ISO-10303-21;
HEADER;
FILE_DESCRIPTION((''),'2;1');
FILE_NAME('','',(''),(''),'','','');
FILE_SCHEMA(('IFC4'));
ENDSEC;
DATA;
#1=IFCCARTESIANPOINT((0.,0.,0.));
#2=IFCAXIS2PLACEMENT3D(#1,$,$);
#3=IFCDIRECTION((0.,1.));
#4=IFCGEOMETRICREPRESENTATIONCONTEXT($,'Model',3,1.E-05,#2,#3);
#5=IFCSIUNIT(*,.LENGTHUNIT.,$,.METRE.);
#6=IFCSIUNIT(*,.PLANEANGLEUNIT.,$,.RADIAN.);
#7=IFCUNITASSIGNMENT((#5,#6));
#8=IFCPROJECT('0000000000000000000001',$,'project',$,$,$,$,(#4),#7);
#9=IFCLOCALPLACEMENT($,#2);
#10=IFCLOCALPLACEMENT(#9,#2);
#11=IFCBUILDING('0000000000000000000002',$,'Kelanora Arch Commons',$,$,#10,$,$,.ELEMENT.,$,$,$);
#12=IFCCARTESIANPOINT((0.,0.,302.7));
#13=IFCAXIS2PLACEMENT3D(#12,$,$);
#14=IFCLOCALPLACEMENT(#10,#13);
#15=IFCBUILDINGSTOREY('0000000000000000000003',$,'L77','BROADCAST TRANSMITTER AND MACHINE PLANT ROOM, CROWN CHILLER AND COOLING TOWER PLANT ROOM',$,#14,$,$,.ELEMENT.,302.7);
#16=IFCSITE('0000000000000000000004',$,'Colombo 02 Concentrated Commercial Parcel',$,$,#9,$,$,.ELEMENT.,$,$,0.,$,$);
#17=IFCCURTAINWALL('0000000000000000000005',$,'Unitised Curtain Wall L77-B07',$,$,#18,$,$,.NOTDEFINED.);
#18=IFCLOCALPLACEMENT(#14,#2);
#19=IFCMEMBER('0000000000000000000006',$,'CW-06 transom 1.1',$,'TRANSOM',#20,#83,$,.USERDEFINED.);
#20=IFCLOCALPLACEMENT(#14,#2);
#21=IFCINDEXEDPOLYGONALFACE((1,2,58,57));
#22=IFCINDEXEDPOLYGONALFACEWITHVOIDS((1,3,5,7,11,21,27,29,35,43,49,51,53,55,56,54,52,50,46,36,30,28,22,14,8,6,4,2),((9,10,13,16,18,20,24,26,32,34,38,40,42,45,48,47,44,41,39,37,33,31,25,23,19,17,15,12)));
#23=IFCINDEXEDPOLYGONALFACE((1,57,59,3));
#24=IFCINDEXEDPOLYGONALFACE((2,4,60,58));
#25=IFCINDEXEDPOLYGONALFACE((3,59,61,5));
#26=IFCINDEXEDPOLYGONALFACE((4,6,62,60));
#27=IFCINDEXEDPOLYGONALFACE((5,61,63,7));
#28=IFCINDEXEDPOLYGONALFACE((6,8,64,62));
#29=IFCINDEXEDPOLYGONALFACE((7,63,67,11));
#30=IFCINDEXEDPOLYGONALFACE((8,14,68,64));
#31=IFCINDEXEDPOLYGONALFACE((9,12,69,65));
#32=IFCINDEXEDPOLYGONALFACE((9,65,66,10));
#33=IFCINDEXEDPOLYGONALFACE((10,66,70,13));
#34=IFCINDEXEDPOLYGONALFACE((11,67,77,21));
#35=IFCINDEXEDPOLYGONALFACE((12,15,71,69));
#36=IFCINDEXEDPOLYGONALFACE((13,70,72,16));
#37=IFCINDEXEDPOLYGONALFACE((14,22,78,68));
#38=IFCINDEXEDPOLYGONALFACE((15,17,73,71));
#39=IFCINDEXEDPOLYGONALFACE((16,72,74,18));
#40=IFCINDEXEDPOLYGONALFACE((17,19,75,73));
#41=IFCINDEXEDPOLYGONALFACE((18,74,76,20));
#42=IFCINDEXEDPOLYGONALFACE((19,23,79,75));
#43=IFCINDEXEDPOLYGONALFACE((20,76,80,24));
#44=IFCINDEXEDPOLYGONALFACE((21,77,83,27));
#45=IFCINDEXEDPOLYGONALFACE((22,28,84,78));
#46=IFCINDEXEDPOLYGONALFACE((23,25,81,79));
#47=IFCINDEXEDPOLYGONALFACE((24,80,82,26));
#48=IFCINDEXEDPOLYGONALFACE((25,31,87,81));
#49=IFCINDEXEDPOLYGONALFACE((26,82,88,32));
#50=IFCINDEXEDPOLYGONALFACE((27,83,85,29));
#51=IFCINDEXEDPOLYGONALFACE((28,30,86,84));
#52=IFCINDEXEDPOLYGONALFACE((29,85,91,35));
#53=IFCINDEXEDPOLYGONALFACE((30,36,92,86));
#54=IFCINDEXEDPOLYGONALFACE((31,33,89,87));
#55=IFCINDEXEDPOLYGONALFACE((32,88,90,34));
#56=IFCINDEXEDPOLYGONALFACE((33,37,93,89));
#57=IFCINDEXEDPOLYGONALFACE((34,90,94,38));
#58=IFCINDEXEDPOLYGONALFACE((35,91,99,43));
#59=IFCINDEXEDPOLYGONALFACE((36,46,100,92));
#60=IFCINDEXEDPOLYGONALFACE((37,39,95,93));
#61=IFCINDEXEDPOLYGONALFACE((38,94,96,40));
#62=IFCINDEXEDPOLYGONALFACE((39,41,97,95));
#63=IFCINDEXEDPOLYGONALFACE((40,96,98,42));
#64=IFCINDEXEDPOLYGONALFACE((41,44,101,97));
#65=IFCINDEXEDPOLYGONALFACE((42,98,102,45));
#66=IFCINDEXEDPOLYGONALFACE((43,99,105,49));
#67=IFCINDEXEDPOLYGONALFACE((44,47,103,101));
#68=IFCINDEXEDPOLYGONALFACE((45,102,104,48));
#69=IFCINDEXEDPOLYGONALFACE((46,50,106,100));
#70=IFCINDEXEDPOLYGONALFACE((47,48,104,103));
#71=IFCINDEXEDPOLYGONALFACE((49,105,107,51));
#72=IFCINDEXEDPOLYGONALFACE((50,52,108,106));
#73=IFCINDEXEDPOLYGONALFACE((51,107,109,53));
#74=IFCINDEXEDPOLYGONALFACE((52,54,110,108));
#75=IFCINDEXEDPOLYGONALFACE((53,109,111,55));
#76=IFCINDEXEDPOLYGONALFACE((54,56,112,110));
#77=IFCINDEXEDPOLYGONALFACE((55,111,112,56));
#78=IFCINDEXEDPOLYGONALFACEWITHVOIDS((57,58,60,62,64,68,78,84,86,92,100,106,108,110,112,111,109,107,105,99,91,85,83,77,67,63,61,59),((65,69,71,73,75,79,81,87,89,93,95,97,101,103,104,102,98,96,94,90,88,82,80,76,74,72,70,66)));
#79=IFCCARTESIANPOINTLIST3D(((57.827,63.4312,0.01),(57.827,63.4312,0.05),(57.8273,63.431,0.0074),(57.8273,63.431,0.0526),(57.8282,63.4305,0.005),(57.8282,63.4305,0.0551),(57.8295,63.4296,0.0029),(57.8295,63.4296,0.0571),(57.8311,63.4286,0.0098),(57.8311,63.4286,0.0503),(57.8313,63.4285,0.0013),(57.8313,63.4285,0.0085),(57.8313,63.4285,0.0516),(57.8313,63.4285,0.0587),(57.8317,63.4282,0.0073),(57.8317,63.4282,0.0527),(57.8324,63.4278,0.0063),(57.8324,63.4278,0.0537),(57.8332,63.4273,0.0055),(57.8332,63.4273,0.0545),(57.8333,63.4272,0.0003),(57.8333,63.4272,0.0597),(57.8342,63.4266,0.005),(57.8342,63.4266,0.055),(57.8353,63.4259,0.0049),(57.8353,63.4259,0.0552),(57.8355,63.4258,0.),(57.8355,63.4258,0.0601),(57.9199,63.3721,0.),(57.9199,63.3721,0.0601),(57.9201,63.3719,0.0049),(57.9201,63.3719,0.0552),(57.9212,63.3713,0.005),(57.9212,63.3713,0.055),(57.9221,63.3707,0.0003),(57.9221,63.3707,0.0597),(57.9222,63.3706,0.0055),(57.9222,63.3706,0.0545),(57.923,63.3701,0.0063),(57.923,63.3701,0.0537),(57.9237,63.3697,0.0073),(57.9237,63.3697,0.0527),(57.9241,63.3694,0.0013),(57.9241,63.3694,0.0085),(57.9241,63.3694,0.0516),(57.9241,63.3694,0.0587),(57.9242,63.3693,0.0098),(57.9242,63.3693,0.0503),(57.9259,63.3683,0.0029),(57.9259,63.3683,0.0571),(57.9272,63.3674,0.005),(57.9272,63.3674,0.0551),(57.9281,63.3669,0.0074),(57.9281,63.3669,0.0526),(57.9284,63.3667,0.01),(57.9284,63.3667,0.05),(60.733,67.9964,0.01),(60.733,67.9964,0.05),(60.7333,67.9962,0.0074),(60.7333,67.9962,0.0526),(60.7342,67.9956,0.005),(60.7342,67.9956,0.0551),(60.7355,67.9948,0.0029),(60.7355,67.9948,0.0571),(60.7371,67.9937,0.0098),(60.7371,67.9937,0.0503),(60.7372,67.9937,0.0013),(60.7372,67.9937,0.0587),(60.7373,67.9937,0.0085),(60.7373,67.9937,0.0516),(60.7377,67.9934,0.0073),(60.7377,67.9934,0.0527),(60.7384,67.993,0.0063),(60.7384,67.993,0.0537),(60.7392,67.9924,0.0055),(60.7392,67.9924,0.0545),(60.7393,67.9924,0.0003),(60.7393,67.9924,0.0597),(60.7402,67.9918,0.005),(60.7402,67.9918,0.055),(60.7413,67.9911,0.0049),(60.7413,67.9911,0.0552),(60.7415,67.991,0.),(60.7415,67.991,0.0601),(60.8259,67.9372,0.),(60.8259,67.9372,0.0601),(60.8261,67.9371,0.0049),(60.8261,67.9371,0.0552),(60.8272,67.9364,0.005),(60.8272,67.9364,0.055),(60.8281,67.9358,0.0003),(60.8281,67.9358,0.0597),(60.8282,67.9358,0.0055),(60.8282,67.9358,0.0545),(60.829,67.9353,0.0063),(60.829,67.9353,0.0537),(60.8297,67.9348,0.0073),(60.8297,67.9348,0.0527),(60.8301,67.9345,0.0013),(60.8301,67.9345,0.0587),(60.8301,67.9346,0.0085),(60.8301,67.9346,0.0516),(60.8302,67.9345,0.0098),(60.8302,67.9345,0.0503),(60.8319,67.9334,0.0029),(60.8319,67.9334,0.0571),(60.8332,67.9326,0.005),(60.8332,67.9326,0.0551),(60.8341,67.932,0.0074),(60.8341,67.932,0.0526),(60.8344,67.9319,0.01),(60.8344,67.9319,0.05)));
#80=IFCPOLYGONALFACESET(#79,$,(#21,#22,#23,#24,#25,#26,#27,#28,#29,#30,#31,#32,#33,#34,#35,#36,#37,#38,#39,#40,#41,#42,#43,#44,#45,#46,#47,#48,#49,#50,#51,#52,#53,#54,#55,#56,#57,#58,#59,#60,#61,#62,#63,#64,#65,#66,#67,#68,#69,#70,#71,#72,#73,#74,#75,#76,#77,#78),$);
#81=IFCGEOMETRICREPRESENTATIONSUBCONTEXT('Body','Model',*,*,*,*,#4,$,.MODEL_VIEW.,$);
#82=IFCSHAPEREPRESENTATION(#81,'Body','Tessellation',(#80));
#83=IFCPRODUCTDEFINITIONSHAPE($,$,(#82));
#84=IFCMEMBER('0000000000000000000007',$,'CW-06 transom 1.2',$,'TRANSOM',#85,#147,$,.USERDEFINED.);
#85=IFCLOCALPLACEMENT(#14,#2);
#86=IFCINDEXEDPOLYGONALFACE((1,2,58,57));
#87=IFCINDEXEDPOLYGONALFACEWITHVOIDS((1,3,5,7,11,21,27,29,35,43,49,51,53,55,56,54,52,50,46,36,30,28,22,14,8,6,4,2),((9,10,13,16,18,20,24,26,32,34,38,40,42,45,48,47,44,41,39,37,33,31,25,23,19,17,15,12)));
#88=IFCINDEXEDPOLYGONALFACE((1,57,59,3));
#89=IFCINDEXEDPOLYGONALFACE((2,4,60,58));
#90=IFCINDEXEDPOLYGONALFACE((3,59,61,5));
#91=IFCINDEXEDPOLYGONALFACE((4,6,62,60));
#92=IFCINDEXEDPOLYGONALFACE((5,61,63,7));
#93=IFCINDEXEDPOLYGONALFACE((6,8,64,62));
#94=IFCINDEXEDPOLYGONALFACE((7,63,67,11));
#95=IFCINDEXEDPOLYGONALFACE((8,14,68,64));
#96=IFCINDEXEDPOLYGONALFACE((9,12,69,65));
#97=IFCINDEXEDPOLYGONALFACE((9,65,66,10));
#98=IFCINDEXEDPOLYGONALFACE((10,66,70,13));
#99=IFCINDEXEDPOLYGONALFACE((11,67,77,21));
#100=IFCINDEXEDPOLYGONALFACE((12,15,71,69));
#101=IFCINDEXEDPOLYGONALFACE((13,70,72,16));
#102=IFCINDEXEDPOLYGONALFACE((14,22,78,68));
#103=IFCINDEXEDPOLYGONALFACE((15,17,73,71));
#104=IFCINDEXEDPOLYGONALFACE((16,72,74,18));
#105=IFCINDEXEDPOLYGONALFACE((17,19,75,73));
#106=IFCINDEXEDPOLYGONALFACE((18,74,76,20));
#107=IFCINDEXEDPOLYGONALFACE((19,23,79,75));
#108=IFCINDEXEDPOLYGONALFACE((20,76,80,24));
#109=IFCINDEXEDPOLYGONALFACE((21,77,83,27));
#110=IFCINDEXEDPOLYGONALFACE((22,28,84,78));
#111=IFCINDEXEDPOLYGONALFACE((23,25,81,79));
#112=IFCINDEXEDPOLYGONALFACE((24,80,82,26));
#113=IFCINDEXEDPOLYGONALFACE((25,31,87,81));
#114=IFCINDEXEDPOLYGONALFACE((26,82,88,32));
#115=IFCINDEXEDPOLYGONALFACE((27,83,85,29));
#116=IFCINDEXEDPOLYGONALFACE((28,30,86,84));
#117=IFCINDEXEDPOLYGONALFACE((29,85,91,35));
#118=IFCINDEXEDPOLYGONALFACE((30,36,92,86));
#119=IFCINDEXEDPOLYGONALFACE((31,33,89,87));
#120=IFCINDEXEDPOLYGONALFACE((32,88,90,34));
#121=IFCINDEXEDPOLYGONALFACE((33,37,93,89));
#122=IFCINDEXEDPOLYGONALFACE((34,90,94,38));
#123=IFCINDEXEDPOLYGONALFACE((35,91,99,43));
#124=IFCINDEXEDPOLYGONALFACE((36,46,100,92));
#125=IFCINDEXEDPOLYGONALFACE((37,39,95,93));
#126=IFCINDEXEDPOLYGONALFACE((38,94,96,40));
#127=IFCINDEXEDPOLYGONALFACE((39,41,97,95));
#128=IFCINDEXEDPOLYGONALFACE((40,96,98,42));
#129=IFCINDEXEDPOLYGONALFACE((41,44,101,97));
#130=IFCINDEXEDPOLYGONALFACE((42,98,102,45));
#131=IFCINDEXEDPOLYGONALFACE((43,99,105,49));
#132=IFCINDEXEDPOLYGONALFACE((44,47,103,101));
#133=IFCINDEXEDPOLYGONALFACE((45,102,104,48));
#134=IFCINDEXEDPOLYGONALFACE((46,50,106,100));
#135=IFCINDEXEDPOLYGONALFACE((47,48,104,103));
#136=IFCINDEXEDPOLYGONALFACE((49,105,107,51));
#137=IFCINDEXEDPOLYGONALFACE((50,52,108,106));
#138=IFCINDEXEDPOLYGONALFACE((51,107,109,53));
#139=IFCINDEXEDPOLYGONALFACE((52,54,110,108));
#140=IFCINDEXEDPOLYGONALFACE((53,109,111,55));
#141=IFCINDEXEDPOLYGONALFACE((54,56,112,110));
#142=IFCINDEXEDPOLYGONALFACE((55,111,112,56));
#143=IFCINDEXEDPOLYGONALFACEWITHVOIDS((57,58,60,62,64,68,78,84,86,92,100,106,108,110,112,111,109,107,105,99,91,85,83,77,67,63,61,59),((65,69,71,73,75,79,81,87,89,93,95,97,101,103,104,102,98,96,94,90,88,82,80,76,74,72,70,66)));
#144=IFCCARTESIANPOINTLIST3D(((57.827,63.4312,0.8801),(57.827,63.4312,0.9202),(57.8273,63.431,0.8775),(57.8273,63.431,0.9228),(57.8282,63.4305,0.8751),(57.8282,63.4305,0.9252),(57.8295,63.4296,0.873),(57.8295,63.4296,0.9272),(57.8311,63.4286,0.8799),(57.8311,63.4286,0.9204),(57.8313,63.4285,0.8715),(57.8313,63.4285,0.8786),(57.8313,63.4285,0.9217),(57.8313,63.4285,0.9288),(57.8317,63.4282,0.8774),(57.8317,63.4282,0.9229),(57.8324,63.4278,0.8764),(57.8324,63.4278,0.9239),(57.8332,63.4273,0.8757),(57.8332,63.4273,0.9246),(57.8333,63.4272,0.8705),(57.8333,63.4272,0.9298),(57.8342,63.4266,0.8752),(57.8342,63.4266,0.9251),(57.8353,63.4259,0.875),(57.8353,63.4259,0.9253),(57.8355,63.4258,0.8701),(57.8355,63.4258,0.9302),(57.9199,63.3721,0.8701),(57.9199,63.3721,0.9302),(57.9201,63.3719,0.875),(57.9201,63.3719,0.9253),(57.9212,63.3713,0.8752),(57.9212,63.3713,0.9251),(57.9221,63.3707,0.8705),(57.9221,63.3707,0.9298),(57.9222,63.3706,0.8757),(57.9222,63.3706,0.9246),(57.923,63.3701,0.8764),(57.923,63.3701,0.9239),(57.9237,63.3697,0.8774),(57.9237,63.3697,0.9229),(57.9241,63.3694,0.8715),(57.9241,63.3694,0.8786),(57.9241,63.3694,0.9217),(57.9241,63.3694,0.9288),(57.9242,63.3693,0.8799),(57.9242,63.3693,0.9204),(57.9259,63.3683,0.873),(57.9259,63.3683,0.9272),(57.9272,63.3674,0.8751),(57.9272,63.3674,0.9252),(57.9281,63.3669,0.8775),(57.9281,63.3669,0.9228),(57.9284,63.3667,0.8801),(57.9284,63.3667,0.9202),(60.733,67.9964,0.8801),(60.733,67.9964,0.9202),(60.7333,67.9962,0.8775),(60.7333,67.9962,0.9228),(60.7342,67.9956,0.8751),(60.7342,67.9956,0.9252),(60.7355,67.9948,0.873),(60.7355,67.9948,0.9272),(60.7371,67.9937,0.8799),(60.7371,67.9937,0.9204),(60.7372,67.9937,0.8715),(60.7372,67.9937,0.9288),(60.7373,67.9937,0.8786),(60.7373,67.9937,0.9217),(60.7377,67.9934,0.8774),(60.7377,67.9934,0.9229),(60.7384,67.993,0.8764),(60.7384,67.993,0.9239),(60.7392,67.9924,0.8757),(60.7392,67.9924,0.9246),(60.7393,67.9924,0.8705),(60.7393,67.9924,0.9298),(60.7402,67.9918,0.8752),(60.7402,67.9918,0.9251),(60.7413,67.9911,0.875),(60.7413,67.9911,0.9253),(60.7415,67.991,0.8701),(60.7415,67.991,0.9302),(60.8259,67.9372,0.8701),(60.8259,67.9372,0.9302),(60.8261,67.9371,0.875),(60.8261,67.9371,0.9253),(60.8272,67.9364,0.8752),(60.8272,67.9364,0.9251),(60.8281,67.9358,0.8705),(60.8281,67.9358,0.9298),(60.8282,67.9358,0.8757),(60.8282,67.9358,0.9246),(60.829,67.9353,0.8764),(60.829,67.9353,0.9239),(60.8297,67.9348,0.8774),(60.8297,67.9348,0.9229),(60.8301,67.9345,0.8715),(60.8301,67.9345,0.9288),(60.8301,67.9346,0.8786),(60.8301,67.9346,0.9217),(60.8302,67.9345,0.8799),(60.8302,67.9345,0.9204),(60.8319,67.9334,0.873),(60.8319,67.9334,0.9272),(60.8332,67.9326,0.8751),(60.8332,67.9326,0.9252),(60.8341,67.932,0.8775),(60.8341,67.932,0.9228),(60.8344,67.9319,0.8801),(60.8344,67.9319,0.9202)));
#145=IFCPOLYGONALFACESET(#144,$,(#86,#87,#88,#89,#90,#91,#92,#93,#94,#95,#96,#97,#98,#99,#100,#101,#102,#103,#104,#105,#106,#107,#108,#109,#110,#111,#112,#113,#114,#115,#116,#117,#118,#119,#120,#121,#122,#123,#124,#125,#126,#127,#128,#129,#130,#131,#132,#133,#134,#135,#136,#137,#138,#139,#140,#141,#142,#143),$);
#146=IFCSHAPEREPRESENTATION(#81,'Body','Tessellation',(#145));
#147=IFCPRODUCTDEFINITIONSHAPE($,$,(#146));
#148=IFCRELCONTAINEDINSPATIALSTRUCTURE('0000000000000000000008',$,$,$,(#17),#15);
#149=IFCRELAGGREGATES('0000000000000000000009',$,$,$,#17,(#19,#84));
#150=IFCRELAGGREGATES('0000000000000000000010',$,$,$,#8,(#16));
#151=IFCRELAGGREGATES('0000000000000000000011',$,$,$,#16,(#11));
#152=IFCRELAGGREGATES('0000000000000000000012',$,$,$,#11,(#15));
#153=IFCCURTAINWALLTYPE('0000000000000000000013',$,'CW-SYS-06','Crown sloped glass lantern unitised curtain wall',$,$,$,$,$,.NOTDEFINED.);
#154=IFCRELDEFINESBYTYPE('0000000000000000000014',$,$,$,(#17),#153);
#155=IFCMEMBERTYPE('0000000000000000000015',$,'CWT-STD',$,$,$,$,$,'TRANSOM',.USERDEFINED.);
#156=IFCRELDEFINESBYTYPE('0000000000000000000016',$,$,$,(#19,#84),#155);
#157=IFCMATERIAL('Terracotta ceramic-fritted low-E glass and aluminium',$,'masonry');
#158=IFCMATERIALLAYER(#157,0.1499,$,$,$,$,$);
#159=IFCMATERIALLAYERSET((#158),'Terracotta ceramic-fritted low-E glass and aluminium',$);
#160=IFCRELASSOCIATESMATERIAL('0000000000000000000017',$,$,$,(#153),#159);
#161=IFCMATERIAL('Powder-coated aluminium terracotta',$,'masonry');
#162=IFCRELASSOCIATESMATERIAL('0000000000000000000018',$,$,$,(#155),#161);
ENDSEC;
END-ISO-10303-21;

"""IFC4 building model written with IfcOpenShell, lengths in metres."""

from ifc_helpers import new_model, si_unit, direction, frame, origin, origin_2d, place, context, subcontext, project, spatial, hollow_rectangle, extrude, material, layer, layer_set, material_profile, profile_set, type_object, element, aggregate, save


model = new_model("IFC4")

# Units and contexts
model_context = context("Model", 3, precision=1e-05, world=origin(), true_north=direction((0.0, 1.0)))
body_context = subcontext(model_context, "Body", "Model", "MODEL_VIEW")
ifc_project = project(units=[si_unit("LENGTHUNIT", "METRE"), si_unit("PLANEANGLEUNIT", "RADIAN")], contexts=[model_context])

# Site, building, storey
site_placement = place(None, origin())
site = spatial("IfcSite", under=ifc_project, at=site_placement, Name="Colombo 02 Concentrated Commercial Parcel", CompositionType="ELEMENT", RefElevation=0.0)
building_placement = place(site_placement, origin())
building = spatial("IfcBuilding", under=site, at=building_placement, Name="Kelanora Arch Commons", CompositionType="ELEMENT")
storey_placement = place(building_placement, frame((0.0, 0.0, 302.7)))
storey = spatial("IfcBuildingStorey", under=building, at=storey_placement, Name="L77", Description="BROADCAST TRANSMITTER AND MACHINE PLANT ROOM, CROWN CHILLER AND COOLING TOWER PLANT ROOM", CompositionType="ELEMENT", Elevation=302.7)

# Shared definitions
ifc_material_1 = material(Name="Terracotta ceramic-fritted low-E glass and aluminium", Category="masonry")
ifc_layer_1 = layer(ifc_material_1, 0.1499)
ifc_layer_set_1 = layer_set([ifc_layer_1], Name="Terracotta ceramic-fritted low-E glass and aluminium")
curtain_wall_type = type_object("IfcCurtainWallType", Name="CW-SYS-06", Description="Crown sloped glass lantern unitised curtain wall", PredefinedType="NOTDEFINED", material=ifc_layer_set_1)
ifc_material_2 = material(Name="Powder-coated aluminium terracotta", Category="masonry")

# Curtain wall
curtain_wall_1_placement = place(storey_placement, origin())
curtain_wall_1 = element("IfcCurtainWall", 1, at=curtain_wall_1_placement, inside=storey, type_object=curtain_wall_type, Name="Unitised Curtain Wall L77-B07", PredefinedType="NOTDEFINED")

# Members
ifc_material_profile_1 = material_profile(ifc_material_2, hollow_rectangle(XDim=0.1201, YDim=0.0601, WallThickness=0.0049, InnerFilletRadius=0.0049, OuterFilletRadius=0.01, at=origin_2d()), Name="CWT120x60")
ifc_profile_set_1 = profile_set([ifc_material_profile_1], Name="Powder-coated aluminium terracotta")
member_type_1 = type_object("IfcMemberType", Name="CWT-STD", ElementType="TRANSOM", PredefinedType="USERDEFINED", material=ifc_profile_set_1)
member_1_placement = place(storey_placement, frame((60.7837, 67.9641, 0.03), z_axis=(-0.536992, -0.843587, 0.0), x_axis=(0.843587, -0.536992, 0.0)))
member_1 = element("IfcMember", 2, at=member_1_placement, type_object=member_type_1, Name="CW-06 transom 1.1", ObjectType="TRANSOM", PredefinedType="USERDEFINED", context=body_context, shape_type="SweptSolid", body=[
    extrude(hollow_rectangle(XDim=0.1201, YDim=0.0601, WallThickness=0.0049, InnerFilletRadius=0.0049, OuterFilletRadius=0.01, at=origin_2d()), origin(), (0.0, 0.0, 1.0), 5.4116),
])
member_2_placement = place(storey_placement, frame((60.7837, 67.9641, 0.9001), z_axis=(-0.536992, -0.843587, 0.0), x_axis=(0.843587, -0.536992, 0.0)))
member_2 = element("IfcMember", 3, at=member_2_placement, type_object=member_type_1, Name="CW-06 transom 1.2", ObjectType="TRANSOM", PredefinedType="USERDEFINED", context=body_context, shape_type="SweptSolid", body=[
    extrude(hollow_rectangle(XDim=0.1201, YDim=0.0601, WallThickness=0.0049, InnerFilletRadius=0.0049, OuterFilletRadius=0.01, at=origin_2d()), origin(), (0.0, 0.0, 1.0), 5.4116),
])

aggregate(curtain_wall_1, [member_1, member_2])

save(model, "model.ifc")
